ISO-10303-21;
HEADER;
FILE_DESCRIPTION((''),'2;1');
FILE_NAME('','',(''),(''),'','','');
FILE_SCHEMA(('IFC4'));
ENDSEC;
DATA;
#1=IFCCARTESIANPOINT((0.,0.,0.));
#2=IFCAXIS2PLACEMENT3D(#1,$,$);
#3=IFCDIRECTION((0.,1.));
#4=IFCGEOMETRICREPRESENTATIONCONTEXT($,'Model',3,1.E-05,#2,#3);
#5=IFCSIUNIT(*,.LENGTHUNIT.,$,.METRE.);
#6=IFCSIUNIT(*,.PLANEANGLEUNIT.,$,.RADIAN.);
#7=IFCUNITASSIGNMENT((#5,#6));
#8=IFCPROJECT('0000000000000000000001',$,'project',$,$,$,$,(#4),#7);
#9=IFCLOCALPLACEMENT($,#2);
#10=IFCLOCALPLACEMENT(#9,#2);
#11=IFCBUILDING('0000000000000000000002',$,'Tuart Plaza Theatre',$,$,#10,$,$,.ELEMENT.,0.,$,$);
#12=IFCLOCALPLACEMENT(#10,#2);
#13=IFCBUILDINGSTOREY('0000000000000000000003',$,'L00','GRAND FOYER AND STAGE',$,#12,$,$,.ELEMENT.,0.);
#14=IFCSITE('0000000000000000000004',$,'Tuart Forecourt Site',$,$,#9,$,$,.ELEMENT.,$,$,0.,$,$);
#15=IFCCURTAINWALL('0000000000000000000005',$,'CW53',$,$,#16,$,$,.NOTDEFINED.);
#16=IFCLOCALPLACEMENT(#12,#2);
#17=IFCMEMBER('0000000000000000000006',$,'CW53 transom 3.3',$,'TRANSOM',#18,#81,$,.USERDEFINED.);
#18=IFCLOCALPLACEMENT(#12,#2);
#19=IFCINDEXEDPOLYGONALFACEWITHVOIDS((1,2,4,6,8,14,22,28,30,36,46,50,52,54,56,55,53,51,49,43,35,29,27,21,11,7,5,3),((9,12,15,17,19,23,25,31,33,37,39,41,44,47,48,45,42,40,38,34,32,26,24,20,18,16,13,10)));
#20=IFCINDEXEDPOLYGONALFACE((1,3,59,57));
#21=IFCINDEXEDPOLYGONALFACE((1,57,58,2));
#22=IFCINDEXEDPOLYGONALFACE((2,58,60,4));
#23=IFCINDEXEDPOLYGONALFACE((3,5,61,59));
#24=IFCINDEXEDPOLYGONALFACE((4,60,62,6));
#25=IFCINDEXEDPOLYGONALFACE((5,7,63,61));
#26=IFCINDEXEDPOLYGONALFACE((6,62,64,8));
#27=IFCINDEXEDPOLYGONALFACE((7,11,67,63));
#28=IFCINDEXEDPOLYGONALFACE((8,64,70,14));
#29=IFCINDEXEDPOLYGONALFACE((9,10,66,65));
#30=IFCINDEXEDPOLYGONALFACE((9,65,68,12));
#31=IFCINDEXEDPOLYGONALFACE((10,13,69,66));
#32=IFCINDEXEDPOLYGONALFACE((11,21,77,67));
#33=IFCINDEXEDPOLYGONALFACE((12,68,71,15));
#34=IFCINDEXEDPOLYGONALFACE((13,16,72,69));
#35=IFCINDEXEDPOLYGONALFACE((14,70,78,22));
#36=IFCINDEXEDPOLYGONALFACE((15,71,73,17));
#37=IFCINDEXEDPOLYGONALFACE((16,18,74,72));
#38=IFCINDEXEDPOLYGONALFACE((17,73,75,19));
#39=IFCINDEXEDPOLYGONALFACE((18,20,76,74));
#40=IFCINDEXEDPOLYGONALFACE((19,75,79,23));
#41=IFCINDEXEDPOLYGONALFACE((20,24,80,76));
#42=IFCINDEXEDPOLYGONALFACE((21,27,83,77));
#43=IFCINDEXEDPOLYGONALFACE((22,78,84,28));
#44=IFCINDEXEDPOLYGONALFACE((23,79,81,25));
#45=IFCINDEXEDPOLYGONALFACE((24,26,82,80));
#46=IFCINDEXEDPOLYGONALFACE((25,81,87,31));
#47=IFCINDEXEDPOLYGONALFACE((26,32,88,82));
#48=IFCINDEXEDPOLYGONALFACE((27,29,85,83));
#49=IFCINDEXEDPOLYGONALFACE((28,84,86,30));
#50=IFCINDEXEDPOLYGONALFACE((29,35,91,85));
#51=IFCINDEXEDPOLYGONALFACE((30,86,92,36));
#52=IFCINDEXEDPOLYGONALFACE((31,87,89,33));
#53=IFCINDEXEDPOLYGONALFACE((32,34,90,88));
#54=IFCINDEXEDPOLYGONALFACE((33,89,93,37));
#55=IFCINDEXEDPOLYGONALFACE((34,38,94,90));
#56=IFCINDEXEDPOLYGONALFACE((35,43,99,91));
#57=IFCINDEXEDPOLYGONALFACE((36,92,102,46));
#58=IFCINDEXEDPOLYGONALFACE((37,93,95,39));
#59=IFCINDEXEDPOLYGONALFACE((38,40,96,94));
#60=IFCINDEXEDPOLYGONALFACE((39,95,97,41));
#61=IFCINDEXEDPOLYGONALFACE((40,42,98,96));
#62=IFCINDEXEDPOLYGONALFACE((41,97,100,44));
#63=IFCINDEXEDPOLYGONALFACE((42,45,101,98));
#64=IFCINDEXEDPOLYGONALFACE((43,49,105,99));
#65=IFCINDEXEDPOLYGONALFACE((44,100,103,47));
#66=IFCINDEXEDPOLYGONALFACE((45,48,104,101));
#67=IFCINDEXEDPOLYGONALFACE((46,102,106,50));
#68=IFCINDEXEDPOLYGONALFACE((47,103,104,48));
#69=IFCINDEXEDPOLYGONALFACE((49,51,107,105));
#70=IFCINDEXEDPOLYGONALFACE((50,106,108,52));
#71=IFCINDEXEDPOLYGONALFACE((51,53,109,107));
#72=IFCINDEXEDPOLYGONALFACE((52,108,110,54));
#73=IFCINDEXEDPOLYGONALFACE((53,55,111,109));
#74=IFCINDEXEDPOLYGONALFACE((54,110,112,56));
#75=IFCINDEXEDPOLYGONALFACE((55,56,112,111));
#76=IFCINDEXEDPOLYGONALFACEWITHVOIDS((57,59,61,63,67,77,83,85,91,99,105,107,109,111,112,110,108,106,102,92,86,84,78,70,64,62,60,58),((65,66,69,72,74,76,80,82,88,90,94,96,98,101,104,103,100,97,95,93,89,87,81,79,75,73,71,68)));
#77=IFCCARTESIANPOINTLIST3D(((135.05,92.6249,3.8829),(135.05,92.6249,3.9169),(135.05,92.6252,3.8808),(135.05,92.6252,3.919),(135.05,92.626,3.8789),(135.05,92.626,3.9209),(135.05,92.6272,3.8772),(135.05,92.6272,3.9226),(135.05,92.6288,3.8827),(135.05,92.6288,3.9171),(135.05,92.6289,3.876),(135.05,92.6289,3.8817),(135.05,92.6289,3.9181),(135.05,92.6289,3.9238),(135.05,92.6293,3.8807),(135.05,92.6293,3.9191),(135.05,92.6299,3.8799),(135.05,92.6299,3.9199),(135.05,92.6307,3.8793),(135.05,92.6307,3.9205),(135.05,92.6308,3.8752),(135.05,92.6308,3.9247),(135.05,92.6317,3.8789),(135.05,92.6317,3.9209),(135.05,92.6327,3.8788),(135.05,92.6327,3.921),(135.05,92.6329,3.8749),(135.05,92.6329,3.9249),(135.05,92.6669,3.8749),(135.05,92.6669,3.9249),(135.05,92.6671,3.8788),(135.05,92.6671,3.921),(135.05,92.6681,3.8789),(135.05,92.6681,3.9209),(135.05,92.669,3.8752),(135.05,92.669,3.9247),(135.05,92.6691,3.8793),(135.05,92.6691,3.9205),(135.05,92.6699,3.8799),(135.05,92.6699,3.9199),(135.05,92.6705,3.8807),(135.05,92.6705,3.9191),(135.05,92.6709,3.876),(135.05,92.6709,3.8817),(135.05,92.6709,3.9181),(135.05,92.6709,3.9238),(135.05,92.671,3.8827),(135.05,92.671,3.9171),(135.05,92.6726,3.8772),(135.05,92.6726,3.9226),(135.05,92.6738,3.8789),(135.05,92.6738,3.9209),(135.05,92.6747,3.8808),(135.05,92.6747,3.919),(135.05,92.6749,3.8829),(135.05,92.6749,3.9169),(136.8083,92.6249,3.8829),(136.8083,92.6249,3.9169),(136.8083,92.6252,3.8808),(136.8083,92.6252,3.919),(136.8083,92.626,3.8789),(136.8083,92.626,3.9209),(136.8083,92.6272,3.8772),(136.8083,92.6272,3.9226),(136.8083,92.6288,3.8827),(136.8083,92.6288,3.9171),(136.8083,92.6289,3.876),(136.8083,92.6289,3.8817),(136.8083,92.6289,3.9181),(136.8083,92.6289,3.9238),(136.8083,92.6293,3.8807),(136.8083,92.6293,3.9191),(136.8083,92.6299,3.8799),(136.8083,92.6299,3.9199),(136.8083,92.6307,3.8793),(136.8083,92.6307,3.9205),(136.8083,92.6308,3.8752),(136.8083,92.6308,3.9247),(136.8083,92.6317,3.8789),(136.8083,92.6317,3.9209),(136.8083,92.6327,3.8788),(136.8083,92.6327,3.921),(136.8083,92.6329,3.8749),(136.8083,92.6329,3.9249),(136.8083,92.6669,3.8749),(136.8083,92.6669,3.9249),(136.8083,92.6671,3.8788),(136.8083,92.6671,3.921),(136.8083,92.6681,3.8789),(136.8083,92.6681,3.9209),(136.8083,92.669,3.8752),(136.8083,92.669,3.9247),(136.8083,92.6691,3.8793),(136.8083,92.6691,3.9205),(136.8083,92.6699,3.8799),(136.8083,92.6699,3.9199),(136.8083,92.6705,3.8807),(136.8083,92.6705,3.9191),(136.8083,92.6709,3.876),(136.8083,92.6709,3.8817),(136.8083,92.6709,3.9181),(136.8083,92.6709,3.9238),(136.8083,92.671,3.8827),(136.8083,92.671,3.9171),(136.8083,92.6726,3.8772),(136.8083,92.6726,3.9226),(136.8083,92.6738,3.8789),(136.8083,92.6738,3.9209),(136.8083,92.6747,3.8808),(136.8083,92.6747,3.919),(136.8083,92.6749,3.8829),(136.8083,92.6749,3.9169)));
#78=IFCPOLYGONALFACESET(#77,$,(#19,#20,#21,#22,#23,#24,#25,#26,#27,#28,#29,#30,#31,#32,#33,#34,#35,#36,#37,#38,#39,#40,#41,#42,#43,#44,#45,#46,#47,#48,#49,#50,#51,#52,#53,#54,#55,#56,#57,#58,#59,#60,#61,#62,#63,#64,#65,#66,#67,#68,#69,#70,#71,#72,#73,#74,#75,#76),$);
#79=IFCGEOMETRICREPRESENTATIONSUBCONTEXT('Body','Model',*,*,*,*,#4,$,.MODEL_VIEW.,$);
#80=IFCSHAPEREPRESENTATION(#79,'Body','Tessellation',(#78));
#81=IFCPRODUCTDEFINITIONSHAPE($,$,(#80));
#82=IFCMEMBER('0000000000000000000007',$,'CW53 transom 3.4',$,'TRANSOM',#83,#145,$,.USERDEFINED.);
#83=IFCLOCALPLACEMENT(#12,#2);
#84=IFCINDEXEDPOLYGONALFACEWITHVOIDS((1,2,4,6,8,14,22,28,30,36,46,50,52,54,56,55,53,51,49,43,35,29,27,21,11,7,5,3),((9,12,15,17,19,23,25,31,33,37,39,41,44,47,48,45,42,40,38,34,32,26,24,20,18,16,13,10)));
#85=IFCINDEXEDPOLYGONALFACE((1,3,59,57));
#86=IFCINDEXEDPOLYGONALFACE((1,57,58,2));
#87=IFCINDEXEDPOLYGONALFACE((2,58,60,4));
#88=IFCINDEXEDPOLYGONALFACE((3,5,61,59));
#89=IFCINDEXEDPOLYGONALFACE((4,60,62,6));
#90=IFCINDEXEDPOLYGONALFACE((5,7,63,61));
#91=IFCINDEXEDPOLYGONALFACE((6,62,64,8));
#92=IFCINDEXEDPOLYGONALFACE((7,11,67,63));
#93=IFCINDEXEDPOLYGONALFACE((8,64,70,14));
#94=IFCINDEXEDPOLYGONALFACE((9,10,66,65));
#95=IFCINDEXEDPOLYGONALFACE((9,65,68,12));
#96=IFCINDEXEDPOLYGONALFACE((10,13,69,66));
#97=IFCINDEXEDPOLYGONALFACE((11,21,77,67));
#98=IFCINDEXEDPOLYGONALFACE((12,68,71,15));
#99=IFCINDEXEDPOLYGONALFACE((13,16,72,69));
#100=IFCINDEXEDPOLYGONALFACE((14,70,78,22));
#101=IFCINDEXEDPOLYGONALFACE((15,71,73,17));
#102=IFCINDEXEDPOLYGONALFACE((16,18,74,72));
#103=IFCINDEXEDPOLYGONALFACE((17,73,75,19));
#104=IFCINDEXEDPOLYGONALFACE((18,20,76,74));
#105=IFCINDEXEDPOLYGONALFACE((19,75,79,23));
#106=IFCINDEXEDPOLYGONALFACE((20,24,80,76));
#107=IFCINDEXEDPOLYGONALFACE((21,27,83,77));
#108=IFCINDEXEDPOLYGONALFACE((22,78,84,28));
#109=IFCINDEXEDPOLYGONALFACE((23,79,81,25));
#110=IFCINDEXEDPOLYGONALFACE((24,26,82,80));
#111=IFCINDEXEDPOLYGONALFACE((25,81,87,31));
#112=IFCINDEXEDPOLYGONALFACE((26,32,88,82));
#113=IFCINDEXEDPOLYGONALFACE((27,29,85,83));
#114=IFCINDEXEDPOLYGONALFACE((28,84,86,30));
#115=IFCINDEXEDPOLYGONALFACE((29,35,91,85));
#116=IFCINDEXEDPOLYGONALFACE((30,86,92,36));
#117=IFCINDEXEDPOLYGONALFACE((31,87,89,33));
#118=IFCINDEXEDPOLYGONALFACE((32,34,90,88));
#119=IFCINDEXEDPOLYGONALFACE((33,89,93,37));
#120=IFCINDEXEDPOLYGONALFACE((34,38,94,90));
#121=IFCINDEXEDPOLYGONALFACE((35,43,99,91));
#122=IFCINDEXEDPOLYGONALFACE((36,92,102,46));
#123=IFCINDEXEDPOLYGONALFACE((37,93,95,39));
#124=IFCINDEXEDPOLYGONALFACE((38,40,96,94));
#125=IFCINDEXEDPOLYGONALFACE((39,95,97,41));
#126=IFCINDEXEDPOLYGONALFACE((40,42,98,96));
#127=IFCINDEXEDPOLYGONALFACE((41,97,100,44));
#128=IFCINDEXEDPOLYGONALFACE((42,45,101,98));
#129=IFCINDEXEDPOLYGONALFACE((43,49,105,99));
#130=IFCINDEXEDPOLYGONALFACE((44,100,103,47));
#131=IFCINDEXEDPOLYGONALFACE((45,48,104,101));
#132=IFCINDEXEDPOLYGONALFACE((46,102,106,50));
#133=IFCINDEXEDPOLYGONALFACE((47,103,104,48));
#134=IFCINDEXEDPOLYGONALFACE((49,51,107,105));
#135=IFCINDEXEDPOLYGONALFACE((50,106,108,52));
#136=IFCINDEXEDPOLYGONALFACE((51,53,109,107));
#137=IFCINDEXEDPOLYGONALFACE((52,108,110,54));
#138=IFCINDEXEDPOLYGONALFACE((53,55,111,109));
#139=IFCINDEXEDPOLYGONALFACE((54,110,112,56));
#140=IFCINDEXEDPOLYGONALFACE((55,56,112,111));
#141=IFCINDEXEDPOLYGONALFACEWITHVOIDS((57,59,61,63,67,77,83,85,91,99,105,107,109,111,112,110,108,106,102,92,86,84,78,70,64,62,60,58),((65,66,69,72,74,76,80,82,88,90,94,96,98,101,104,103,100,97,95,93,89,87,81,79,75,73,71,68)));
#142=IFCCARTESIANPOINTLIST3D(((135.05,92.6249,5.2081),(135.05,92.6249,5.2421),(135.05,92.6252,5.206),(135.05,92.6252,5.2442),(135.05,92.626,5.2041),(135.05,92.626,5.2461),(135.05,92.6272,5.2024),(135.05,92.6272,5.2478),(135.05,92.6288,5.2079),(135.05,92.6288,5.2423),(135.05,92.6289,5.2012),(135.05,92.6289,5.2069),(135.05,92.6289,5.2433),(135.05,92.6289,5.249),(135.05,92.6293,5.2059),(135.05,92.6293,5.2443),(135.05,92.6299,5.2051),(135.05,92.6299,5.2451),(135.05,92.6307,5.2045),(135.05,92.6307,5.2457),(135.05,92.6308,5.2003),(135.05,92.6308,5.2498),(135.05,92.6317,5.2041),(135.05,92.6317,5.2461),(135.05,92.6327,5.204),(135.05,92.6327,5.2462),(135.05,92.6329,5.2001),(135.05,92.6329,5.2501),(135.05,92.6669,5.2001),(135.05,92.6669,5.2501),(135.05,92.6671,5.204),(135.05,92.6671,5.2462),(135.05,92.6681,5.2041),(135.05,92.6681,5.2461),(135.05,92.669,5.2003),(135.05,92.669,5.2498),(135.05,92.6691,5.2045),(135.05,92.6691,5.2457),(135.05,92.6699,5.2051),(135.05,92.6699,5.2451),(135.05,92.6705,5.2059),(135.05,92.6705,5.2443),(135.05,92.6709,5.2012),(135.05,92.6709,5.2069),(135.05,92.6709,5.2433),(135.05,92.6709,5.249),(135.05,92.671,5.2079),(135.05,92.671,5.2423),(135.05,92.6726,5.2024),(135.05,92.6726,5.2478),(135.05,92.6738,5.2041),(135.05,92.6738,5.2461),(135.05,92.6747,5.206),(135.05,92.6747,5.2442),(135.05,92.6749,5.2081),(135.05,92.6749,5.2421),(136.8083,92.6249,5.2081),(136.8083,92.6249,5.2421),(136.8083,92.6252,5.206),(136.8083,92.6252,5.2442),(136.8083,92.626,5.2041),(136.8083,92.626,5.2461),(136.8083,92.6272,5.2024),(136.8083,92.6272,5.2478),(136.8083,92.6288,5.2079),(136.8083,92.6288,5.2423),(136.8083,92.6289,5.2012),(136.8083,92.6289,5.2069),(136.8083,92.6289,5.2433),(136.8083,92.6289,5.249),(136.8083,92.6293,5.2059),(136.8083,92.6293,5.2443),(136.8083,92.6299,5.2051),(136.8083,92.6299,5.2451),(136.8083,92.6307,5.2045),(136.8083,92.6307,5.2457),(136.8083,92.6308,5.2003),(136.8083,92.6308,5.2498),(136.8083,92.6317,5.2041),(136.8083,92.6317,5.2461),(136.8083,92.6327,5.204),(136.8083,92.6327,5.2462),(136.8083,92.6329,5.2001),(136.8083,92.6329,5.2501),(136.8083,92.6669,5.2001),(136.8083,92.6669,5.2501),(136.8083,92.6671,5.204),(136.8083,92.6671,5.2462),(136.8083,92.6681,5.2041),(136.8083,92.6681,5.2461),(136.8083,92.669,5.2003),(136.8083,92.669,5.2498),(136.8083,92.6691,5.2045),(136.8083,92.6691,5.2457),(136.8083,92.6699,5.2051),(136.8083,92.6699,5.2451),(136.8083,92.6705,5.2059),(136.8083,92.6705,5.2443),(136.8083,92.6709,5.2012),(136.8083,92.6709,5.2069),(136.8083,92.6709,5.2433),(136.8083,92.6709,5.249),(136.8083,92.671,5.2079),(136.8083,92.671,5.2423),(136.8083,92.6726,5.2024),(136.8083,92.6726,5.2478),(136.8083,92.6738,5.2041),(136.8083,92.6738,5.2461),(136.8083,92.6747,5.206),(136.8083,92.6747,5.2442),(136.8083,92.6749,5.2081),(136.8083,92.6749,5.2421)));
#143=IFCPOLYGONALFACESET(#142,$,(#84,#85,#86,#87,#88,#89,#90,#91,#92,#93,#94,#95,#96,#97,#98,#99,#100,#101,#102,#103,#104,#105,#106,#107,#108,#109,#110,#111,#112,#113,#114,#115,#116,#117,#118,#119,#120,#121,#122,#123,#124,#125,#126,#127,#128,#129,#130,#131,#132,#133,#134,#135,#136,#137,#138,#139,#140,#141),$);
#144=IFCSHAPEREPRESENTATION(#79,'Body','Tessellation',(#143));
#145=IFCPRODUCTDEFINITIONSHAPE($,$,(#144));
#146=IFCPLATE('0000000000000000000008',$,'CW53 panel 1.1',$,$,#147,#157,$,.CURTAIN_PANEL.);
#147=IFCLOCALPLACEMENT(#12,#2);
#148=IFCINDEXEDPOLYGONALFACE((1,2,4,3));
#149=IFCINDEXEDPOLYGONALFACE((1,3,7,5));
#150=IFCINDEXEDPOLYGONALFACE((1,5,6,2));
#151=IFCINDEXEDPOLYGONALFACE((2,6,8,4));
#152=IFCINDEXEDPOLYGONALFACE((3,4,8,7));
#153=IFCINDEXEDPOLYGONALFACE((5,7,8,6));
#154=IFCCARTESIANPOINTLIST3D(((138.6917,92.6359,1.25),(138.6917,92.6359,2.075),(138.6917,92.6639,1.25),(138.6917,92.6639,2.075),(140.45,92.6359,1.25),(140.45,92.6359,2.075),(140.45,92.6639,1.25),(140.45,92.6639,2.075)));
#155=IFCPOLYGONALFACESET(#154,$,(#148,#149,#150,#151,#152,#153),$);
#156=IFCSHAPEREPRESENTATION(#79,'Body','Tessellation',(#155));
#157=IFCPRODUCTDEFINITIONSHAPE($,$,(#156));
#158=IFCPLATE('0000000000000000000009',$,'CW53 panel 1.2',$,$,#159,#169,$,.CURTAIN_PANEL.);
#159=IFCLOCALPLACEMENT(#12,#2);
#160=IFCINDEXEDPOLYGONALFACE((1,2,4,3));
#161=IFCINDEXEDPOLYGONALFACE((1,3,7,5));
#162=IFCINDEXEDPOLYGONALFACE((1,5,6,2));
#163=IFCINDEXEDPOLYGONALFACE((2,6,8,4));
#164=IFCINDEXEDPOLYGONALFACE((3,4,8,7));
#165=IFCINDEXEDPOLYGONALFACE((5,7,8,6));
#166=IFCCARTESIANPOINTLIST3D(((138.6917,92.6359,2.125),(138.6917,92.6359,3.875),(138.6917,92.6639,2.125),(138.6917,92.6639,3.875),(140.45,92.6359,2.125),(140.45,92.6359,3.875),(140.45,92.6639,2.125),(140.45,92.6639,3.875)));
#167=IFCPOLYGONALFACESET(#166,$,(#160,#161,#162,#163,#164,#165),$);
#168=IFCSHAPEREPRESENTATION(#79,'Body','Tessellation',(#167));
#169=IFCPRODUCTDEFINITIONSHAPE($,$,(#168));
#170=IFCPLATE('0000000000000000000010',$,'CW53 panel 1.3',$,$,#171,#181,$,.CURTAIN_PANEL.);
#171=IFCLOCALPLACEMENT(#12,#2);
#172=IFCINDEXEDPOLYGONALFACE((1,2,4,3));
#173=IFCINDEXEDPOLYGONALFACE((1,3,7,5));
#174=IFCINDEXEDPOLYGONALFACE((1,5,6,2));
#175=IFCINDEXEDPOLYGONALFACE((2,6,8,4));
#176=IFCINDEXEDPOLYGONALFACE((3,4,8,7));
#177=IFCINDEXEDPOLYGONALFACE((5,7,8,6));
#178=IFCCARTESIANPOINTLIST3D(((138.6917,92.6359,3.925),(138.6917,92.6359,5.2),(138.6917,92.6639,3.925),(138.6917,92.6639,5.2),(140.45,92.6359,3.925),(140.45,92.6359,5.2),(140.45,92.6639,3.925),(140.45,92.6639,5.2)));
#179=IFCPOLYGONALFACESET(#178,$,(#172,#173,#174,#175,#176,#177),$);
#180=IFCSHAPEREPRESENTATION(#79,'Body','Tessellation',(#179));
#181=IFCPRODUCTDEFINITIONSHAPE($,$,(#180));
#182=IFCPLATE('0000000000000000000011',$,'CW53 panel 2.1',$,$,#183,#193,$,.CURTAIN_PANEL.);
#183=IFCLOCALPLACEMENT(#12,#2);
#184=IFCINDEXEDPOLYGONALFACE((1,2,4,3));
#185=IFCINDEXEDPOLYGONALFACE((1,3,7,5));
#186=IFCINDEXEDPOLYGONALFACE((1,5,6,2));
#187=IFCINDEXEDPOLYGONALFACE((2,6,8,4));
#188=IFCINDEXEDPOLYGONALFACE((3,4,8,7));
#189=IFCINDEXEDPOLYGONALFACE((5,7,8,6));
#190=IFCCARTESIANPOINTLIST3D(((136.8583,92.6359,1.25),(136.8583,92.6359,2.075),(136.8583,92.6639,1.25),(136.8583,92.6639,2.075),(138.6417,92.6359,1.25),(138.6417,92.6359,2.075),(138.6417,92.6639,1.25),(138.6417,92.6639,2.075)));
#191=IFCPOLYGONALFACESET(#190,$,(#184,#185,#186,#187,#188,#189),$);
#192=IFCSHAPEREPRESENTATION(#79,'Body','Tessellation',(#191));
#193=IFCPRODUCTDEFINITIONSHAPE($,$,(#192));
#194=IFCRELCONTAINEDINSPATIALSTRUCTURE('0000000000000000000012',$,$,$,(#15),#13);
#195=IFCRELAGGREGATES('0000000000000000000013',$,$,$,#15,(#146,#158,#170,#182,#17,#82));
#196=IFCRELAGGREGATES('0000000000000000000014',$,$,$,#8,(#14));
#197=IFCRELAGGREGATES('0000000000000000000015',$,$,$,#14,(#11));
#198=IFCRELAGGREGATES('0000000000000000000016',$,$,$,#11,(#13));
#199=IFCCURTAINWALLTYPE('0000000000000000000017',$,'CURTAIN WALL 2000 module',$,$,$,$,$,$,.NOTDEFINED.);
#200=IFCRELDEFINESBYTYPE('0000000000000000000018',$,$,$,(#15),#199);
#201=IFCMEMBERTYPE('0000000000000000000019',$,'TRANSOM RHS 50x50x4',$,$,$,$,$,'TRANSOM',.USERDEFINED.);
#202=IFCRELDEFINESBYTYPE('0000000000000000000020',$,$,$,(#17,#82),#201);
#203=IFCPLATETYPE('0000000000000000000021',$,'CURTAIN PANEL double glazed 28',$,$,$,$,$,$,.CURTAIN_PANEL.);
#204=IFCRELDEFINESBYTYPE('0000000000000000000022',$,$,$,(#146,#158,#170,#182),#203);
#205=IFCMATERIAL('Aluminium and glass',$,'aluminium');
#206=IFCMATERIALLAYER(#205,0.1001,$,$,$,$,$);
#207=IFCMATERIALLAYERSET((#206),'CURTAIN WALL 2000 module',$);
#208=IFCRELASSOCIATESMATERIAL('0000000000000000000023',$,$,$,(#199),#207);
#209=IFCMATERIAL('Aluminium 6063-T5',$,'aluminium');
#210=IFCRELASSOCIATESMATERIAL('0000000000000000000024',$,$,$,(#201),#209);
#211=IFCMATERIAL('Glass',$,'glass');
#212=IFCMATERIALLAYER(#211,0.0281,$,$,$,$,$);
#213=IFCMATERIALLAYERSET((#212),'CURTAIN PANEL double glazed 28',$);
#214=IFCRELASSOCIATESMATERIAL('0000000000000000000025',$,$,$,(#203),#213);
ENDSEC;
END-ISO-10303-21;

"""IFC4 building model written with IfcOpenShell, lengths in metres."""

from ifc_helpers import new_model, si_unit, direction, frame, origin, origin_2d, place, context, subcontext, project, spatial, rectangle, hollow_rectangle, extrude, material, layer, layer_set, material_profile, profile_set, type_object, element, aggregate, save


model = new_model("IFC4")

# Units and contexts
model_context = context("Model", 3, precision=1e-05, world=origin(), true_north=direction((0.0, 1.0)))
body_context = subcontext(model_context, "Body", "Model", "MODEL_VIEW")
ifc_project = project(units=[si_unit("LENGTHUNIT", "METRE"), si_unit("PLANEANGLEUNIT", "RADIAN")], contexts=[model_context])

# Site, building, storey
site_placement = place(None, origin())
site = spatial("IfcSite", under=ifc_project, at=site_placement, Name="Tuart Forecourt Site", CompositionType="ELEMENT", RefElevation=0.0)
building_placement = place(site_placement, origin())
building = spatial("IfcBuilding", under=site, at=building_placement, Name="Tuart Plaza Theatre", CompositionType="ELEMENT", ElevationOfRefHeight=0.0)
storey_placement = place(building_placement, origin())
storey = spatial("IfcBuildingStorey", under=building, at=storey_placement, Name="L00", Description="GRAND FOYER AND STAGE", CompositionType="ELEMENT", Elevation=0.0)

# Curtain wall, members, plates
ifc_material_1 = material(Name="Aluminium and glass", Category="aluminium")
ifc_layer_1 = layer(ifc_material_1, 0.1001)
ifc_layer_set_1 = layer_set([ifc_layer_1], Name="CURTAIN WALL 2000 module")
curtain_wall_type = type_object("IfcCurtainWallType", Name="CURTAIN WALL 2000 module", PredefinedType="NOTDEFINED", material=ifc_layer_set_1)
curtain_wall_placement = place(storey_placement, origin())
curtain_wall = element("IfcCurtainWall", 1, at=curtain_wall_placement, inside=storey, type_object=curtain_wall_type, Name="CW53", PredefinedType="NOTDEFINED")
ifc_material_2 = material(Name="Aluminium 6063-T5", Category="aluminium")
ifc_material_profile_1 = material_profile(ifc_material_2, hollow_rectangle(XDim=0.05, YDim=0.05, WallThickness=0.0039, InnerFilletRadius=0.0039, OuterFilletRadius=0.0081, at=origin_2d()), Name="RHS 50x50x4")
ifc_profile_set_1 = profile_set([ifc_material_profile_1], Name="Aluminium 6063-T5")
member_type_1 = type_object("IfcMemberType", Name="TRANSOM RHS 50x50x4", ElementType="TRANSOM", PredefinedType="USERDEFINED", material=ifc_profile_set_1)
member_1_placement = place(storey_placement, frame((136.8083, 92.6499, 3.8999), z_axis=(-1.0, 0.0, 0.0), x_axis=(0.0, -1.0, 0.0)))
member_1 = element("IfcMember", 2, at=member_1_placement, type_object=member_type_1, Name="CW53 transom 3.3", ObjectType="TRANSOM", PredefinedType="USERDEFINED", context=body_context, shape_type="SweptSolid", body=[
    extrude(hollow_rectangle(XDim=0.05, YDim=0.05, WallThickness=0.0039, InnerFilletRadius=0.0039, OuterFilletRadius=0.0081, at=origin_2d()), origin(), (0.0, 0.0, 1.0), 1.7583),
])
member_2_placement = place(storey_placement, frame((136.8083, 92.6499, 5.2251), z_axis=(-1.0, 0.0, 0.0), x_axis=(0.0, -1.0, 0.0)))
member_2 = element("IfcMember", 3, at=member_2_placement, type_object=member_type_1, Name="CW53 transom 3.4", ObjectType="TRANSOM", PredefinedType="USERDEFINED", context=body_context, shape_type="SweptSolid", body=[
    extrude(hollow_rectangle(XDim=0.05, YDim=0.05, WallThickness=0.0039, InnerFilletRadius=0.0039, OuterFilletRadius=0.0081, at=origin_2d()), origin(), (0.0, 0.0, 1.0), 1.7583),
])
ifc_material_3 = material(Name="Glass", Category="glass")
ifc_layer_2 = layer(ifc_material_3, 0.0281)
ifc_layer_set_2 = layer_set([ifc_layer_2], Name="CURTAIN PANEL double glazed 28")
plate_type = type_object("IfcPlateType", Name="CURTAIN PANEL double glazed 28", PredefinedType="CURTAIN_PANEL", material=ifc_layer_set_2)
plate_1_placement = place(storey_placement, frame((139.5708, 92.6499, 1.25), z_axis=(0.0, 0.0, 1.0), x_axis=(-1.0, 0.0, 0.0)))
plate_1 = element("IfcPlate", 4, at=plate_1_placement, type_object=plate_type, Name="CW53 panel 1.1", PredefinedType="CURTAIN_PANEL", context=body_context, shape_type="SweptSolid", body=[
    extrude(rectangle(XDim=1.7583, YDim=0.0281, at=origin_2d()), origin(), (0.0, 0.0, 1.0), 0.825),
])
plate_2_placement = place(storey_placement, frame((139.5708, 92.6499, 2.125), z_axis=(0.0, 0.0, 1.0), x_axis=(-1.0, 0.0, 0.0)))
plate_2 = element("IfcPlate", 5, at=plate_2_placement, type_object=plate_type, Name="CW53 panel 1.2", PredefinedType="CURTAIN_PANEL", context=body_context, shape_type="SweptSolid", body=[
    extrude(rectangle(XDim=1.7583, YDim=0.0281, at=origin_2d()), origin(), (0.0, 0.0, 1.0), 1.75),
])
plate_3_placement = place(storey_placement, frame((139.5708, 92.6499, 3.925), z_axis=(0.0, 0.0, 1.0), x_axis=(-1.0, 0.0, 0.0)))
plate_3 = element("IfcPlate", 6, at=plate_3_placement, type_object=plate_type, Name="CW53 panel 1.3", PredefinedType="CURTAIN_PANEL", context=body_context, shape_type="SweptSolid", body=[
    extrude(rectangle(XDim=1.7583, YDim=0.0281, at=origin_2d()), origin(), (0.0, 0.0, 1.0), 1.2749),
])
plate_4_placement = place(storey_placement, frame((137.75, 92.6499, 1.25), z_axis=(0.0, 0.0, 1.0), x_axis=(-1.0, 0.0, 0.0)))
plate_4 = element("IfcPlate", 7, at=plate_4_placement, type_object=plate_type, Name="CW53 panel 2.1", PredefinedType="CURTAIN_PANEL", context=body_context, shape_type="SweptSolid", body=[
    extrude(rectangle(XDim=1.7834, YDim=0.0281, at=origin_2d()), origin(), (0.0, 0.0, 1.0), 0.825),
])
aggregate(curtain_wall, [plate_1, plate_2, plate_3, plate_4, member_1, member_2])

save(model, "model.ifc")
